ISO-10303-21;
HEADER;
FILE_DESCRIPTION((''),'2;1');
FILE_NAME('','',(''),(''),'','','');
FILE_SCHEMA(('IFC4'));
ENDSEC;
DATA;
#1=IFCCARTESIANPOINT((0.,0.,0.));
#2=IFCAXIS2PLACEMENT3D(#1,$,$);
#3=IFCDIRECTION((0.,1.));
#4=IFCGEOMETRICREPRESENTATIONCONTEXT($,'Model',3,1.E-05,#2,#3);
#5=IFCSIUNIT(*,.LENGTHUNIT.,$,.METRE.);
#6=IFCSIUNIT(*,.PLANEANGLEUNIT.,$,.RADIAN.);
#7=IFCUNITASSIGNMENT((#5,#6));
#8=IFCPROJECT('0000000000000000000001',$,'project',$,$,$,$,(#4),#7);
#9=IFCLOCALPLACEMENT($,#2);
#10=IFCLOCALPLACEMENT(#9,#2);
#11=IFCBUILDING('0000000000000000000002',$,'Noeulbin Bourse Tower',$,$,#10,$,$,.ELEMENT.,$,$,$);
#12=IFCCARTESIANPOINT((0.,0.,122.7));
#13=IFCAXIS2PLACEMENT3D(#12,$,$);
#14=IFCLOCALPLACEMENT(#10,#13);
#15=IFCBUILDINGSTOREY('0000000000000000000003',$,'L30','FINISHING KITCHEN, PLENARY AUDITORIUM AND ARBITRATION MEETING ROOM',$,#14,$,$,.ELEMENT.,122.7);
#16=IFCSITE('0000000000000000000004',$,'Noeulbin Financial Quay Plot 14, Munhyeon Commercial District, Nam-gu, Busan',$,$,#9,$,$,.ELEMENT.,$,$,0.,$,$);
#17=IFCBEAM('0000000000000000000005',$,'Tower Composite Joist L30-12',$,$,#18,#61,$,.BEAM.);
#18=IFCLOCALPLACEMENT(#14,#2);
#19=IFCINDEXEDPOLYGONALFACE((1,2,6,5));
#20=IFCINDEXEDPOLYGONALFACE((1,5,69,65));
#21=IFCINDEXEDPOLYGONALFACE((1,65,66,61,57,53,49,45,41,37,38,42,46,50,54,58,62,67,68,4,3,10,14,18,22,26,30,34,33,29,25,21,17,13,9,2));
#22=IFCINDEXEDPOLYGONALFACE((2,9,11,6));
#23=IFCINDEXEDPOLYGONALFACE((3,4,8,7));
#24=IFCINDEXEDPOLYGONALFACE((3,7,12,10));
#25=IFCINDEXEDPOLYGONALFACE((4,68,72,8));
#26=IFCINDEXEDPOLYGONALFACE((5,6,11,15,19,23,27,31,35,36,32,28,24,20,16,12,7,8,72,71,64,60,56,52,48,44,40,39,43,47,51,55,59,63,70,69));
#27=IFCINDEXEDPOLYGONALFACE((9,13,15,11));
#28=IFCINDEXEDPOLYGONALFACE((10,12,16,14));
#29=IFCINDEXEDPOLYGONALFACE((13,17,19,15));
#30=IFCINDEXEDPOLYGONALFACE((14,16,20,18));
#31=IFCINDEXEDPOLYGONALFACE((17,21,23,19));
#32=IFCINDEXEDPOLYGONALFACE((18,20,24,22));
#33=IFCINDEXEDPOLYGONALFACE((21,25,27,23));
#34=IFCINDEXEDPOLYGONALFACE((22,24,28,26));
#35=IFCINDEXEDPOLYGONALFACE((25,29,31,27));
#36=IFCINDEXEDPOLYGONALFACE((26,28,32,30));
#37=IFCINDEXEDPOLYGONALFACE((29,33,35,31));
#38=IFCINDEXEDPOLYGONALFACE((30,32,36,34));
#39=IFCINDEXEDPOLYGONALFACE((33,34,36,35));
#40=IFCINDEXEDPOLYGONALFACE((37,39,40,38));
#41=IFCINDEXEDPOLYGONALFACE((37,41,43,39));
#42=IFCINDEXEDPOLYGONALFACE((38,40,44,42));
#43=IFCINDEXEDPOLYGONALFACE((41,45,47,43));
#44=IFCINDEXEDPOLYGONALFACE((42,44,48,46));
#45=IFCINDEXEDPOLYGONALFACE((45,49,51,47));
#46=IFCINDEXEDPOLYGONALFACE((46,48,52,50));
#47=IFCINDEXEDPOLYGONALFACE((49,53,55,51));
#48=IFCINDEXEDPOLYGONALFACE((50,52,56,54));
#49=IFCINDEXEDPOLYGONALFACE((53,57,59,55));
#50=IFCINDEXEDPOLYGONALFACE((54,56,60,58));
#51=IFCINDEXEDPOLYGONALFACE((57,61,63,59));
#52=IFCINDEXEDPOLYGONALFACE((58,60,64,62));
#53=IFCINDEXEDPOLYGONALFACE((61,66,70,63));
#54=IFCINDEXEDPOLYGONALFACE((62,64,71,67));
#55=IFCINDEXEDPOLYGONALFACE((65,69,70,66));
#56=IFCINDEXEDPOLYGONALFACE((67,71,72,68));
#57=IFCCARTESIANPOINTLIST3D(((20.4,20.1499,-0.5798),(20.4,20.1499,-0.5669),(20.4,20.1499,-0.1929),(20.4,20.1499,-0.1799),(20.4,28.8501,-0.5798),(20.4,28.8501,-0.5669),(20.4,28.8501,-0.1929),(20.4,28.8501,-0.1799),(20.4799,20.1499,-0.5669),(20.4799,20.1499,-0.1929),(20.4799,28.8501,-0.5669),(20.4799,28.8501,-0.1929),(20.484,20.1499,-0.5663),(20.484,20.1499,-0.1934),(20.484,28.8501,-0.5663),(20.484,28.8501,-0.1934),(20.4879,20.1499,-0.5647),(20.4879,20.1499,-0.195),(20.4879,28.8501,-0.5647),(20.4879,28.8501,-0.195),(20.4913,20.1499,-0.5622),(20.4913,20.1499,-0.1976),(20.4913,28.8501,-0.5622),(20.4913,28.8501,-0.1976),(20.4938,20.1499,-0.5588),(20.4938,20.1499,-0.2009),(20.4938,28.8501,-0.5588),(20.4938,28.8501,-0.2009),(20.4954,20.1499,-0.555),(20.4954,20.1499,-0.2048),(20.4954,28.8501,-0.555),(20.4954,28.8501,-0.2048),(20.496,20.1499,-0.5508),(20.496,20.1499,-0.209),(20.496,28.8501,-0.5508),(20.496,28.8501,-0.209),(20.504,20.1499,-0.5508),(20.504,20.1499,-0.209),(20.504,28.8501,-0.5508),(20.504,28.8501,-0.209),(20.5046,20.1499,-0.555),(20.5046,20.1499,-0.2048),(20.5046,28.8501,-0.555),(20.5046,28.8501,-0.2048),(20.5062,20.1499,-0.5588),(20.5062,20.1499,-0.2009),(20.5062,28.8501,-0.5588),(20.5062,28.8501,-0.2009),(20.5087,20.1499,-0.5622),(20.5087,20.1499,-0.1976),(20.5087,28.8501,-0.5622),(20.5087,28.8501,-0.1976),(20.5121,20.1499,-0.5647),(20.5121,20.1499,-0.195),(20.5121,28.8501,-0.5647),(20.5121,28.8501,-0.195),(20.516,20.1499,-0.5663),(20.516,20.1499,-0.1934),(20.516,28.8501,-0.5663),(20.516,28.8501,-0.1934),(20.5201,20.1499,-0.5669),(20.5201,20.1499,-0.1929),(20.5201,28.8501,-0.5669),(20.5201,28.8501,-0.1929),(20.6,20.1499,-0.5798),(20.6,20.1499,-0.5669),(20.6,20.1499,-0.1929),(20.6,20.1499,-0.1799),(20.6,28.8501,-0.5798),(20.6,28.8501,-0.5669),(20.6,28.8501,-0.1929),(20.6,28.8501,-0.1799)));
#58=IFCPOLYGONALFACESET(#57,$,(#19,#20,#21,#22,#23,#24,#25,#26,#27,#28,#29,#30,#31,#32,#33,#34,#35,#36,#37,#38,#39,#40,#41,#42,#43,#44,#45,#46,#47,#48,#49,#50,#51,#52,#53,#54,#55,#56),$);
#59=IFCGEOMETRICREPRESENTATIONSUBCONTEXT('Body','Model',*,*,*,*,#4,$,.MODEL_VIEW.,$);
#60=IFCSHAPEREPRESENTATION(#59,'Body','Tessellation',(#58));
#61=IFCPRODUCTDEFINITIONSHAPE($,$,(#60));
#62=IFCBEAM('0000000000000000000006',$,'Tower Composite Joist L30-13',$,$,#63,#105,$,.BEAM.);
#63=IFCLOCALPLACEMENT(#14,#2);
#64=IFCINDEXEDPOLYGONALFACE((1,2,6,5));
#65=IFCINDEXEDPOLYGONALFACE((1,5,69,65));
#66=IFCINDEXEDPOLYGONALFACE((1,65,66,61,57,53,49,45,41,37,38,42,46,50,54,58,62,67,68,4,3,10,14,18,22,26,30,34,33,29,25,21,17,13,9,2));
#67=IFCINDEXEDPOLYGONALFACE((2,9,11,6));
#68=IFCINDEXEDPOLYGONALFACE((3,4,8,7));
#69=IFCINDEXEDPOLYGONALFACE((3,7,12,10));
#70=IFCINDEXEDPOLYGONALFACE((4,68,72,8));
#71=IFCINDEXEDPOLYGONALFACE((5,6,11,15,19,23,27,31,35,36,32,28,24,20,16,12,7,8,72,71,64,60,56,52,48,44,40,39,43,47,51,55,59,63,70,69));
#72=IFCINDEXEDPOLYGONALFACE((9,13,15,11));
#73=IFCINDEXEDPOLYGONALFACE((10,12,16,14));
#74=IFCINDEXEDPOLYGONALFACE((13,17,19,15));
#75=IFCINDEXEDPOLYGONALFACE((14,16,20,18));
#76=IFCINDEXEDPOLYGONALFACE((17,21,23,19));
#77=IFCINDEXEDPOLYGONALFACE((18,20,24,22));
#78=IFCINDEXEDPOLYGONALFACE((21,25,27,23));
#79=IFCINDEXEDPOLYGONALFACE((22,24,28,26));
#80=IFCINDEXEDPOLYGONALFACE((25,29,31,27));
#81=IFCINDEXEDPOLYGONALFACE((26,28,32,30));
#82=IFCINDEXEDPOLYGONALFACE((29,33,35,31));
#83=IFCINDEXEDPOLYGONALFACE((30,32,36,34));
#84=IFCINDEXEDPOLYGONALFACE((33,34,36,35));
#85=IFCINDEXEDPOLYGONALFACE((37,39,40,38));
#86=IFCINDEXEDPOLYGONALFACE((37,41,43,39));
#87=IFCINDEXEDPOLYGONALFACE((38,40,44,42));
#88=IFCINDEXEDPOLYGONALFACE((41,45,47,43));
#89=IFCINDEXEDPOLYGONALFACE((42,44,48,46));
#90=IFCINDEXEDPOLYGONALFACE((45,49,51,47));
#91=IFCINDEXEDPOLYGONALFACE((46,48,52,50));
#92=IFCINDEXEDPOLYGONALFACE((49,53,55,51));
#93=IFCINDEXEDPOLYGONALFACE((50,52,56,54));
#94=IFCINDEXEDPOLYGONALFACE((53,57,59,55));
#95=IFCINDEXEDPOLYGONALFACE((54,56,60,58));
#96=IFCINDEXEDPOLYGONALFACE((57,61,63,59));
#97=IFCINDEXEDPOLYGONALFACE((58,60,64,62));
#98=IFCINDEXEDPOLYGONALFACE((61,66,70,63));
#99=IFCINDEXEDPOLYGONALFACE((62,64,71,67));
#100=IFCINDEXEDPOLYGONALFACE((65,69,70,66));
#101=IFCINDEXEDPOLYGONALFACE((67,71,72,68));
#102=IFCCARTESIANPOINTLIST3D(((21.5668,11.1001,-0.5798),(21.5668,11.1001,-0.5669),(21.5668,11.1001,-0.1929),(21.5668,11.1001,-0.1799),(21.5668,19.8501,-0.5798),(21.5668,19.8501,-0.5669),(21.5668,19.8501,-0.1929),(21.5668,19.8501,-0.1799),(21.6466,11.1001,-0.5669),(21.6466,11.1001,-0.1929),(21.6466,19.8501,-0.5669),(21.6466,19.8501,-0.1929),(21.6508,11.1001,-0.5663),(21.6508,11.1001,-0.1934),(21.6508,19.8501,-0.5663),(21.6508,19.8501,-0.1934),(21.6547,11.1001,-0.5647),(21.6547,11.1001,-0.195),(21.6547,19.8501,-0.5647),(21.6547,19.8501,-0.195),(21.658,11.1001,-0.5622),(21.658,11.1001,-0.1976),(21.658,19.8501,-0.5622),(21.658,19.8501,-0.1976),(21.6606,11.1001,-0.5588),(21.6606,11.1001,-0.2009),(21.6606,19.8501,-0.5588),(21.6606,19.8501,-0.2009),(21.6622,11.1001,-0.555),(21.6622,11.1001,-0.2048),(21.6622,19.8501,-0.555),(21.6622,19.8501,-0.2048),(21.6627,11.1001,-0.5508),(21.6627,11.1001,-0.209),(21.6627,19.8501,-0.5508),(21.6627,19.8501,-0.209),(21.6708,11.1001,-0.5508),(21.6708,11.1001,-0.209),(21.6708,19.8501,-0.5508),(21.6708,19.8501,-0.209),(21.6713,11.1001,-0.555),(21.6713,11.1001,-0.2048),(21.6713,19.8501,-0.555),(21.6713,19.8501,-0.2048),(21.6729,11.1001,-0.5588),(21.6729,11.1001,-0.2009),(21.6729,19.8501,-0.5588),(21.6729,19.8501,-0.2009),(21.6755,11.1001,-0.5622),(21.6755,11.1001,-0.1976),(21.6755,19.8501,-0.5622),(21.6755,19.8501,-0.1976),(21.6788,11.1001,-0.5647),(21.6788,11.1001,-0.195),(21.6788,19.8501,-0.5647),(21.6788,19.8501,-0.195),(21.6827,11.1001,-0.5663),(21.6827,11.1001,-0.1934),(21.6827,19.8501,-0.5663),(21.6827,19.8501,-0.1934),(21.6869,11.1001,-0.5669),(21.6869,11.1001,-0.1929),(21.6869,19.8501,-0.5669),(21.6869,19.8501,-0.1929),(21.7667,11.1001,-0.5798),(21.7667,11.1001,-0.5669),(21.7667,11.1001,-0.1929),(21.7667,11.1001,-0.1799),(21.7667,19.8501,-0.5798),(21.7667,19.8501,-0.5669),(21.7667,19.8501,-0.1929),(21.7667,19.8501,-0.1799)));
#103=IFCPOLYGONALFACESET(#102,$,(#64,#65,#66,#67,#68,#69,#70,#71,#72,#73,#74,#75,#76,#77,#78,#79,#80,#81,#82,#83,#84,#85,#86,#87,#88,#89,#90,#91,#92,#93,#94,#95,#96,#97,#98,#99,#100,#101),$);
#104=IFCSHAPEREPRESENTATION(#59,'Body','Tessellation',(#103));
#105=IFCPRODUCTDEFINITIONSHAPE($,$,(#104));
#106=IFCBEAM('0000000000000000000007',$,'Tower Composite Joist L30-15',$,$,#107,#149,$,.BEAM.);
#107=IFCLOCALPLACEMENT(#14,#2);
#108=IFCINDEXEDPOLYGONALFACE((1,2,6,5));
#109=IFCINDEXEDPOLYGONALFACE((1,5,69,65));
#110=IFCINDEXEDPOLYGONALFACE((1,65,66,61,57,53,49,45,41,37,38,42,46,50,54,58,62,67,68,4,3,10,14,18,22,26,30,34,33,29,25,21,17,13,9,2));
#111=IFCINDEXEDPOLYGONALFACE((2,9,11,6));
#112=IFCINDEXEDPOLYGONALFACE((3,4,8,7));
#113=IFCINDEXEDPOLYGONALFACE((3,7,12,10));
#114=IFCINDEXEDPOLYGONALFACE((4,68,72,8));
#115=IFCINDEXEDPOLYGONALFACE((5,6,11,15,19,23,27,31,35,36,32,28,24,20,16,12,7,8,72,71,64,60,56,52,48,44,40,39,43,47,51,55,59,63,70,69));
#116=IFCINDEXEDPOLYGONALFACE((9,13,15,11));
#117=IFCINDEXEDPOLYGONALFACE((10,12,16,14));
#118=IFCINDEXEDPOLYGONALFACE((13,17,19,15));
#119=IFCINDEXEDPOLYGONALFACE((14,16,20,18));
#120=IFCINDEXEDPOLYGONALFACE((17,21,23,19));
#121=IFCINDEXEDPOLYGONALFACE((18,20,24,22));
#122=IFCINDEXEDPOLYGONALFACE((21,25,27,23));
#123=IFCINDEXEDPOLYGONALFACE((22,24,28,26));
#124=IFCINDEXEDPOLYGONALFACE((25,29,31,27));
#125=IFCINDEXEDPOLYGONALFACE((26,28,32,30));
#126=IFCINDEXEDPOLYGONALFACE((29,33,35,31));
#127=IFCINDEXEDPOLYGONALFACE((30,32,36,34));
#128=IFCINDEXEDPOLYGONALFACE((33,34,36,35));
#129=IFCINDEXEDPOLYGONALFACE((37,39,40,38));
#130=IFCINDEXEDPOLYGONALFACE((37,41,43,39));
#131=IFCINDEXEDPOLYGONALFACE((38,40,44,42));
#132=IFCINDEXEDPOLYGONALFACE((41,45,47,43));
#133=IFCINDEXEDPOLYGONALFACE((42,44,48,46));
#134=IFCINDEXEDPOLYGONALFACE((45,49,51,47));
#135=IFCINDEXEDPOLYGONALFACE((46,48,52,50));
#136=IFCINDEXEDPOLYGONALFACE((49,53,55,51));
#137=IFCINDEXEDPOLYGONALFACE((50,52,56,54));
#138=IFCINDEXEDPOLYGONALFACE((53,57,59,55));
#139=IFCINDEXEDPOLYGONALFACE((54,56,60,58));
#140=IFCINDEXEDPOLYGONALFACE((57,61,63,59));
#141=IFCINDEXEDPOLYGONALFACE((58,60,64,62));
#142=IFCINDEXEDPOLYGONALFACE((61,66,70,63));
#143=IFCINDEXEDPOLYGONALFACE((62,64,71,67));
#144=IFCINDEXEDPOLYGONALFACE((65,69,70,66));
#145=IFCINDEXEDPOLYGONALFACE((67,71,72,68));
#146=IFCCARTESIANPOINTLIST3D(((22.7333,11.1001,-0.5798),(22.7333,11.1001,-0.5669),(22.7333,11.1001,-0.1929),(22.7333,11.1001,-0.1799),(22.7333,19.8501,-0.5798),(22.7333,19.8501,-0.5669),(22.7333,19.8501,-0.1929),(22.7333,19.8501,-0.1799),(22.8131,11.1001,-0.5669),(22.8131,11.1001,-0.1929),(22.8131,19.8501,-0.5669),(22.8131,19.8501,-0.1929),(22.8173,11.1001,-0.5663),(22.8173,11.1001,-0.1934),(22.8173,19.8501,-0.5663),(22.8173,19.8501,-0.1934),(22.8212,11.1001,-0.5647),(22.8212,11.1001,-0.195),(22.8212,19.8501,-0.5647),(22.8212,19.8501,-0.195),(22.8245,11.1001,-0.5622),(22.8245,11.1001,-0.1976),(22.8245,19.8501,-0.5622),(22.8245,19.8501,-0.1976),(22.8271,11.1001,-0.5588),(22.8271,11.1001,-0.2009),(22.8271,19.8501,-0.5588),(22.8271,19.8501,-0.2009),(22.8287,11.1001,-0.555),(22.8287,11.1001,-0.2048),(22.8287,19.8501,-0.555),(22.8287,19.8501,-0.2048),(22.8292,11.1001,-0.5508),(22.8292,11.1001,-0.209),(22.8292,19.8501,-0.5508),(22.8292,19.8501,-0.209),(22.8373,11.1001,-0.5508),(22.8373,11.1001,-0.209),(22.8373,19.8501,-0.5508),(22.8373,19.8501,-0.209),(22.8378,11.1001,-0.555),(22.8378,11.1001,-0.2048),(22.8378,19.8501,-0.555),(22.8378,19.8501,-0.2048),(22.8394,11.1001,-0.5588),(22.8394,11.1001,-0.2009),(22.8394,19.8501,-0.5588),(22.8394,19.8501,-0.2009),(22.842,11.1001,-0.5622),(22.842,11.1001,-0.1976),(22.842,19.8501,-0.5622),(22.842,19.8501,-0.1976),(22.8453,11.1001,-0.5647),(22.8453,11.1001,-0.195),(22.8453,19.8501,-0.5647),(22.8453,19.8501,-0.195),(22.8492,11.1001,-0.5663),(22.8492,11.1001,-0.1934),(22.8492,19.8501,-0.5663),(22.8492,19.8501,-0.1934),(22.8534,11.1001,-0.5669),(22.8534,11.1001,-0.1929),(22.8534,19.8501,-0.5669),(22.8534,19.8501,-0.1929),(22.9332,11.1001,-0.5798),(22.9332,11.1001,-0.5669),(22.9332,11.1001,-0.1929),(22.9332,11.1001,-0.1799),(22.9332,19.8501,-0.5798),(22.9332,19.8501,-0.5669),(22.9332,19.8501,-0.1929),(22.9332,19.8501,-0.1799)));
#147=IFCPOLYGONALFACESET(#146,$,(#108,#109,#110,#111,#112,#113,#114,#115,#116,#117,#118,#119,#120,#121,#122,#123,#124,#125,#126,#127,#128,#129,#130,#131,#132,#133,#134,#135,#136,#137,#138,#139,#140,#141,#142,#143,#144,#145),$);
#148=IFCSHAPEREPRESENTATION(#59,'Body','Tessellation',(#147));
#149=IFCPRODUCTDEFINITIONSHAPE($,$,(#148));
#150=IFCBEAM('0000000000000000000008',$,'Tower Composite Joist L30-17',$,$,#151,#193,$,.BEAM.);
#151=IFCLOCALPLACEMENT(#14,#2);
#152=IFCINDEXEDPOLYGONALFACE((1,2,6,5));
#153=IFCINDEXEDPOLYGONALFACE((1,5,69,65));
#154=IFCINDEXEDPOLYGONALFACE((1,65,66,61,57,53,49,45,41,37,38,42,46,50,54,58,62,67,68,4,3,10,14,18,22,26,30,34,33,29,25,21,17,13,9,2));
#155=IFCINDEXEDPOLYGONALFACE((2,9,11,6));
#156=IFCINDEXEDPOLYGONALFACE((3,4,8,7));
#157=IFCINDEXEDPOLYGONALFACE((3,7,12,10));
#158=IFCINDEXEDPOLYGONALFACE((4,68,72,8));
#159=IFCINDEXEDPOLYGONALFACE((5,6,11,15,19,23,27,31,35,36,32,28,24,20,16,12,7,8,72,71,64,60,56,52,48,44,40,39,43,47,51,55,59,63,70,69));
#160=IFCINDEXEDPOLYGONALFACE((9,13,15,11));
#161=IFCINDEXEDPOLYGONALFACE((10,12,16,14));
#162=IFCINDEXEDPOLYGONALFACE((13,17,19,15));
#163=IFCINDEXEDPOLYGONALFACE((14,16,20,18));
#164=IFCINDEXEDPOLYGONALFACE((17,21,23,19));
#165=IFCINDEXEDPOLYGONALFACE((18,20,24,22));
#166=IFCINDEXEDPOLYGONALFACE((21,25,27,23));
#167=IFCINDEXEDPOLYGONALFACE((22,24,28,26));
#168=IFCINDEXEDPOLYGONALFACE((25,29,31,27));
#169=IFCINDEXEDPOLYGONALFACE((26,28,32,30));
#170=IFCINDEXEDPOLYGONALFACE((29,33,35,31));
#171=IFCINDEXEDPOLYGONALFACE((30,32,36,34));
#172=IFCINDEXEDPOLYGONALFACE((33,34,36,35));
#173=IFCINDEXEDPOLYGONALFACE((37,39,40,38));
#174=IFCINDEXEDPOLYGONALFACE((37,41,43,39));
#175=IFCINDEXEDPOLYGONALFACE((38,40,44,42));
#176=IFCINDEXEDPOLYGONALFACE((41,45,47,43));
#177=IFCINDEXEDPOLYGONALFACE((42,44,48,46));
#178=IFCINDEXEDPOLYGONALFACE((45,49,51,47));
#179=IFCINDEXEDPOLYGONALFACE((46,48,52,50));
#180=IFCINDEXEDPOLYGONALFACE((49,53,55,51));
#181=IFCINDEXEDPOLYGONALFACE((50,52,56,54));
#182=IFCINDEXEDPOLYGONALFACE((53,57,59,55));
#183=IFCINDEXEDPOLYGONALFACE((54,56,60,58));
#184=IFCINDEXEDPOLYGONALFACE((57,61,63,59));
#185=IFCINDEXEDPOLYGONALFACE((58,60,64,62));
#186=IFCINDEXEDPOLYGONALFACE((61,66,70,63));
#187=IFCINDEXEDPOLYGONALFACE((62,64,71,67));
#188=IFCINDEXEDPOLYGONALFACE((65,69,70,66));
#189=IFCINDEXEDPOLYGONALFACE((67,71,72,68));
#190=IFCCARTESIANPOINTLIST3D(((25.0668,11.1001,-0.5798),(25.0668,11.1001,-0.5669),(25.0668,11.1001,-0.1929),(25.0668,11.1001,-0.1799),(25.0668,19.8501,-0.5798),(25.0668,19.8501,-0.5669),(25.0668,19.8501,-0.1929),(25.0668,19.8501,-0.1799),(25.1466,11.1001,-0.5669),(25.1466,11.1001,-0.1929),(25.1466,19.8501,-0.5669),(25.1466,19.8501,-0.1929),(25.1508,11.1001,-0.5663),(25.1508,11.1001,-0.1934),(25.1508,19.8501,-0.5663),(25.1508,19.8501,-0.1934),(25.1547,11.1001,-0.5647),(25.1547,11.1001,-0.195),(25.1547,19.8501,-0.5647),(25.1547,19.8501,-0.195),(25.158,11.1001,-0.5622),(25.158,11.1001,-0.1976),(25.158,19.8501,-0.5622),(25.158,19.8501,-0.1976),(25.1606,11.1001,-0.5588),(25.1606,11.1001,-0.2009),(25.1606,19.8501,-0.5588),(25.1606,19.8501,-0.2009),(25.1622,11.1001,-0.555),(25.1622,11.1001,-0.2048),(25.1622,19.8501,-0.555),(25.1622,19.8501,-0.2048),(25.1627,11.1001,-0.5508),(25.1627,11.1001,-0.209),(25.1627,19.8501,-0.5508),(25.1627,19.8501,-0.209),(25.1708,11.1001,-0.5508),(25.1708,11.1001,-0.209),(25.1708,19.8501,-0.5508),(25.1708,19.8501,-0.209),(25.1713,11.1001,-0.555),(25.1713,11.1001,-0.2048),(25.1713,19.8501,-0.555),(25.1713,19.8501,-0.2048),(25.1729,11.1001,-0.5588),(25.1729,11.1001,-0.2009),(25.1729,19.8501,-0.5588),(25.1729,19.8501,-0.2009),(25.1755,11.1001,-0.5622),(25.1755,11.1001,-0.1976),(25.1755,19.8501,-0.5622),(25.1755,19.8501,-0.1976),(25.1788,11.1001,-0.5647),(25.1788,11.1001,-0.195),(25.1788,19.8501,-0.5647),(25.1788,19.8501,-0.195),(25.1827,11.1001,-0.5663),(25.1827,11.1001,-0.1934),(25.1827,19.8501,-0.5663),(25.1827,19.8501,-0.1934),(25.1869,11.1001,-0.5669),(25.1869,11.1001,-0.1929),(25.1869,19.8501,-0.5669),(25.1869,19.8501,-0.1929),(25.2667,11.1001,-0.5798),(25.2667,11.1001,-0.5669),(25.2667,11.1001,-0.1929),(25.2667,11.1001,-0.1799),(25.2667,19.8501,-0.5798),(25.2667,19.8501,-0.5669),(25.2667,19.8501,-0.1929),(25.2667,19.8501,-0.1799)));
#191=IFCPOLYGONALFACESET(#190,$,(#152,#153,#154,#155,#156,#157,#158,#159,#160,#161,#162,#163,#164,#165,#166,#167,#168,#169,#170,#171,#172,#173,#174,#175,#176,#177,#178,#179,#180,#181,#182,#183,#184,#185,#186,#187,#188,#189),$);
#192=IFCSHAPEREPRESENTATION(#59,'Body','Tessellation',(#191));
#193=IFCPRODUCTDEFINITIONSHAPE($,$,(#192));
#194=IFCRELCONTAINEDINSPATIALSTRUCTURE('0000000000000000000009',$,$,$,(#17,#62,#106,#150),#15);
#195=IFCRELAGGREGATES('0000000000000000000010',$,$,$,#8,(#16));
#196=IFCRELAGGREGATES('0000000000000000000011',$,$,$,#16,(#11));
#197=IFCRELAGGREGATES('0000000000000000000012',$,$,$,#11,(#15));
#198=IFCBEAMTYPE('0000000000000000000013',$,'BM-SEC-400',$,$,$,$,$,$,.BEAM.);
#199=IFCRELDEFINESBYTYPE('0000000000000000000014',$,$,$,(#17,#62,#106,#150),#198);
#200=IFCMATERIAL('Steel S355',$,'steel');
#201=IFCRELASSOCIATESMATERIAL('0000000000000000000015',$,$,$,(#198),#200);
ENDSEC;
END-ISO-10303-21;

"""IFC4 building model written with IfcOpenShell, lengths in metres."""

from ifc_helpers import new_model, si_unit, direction, frame, origin, origin_2d, place, context, subcontext, project, spatial, i_section, extrude, material, material_profile, profile_set, type_object, element, save


model = new_model("IFC4")

# Units and contexts
model_context = context("Model", 3, precision=1e-05, world=origin(), true_north=direction((0.0, 1.0)))
body_context = subcontext(model_context, "Body", "Model", "MODEL_VIEW")
ifc_project = project(units=[si_unit("LENGTHUNIT", "METRE"), si_unit("PLANEANGLEUNIT", "RADIAN")], contexts=[model_context])

# Site, building, storey
site_placement = place(None, origin())
site = spatial("IfcSite", under=ifc_project, at=site_placement, Name="Noeulbin Financial Quay Plot 14, Munhyeon Commercial District, Nam-gu, Busan", CompositionType="ELEMENT", RefElevation=0.0)
building_placement = place(site_placement, origin())
building = spatial("IfcBuilding", under=site, at=building_placement, Name="Noeulbin Bourse Tower", CompositionType="ELEMENT")
storey_placement = place(building_placement, frame((0.0, 0.0, 122.7)))
storey = spatial("IfcBuildingStorey", under=building, at=storey_placement, Name="L30", Description="FINISHING KITCHEN, PLENARY AUDITORIUM AND ARBITRATION MEETING ROOM", CompositionType="ELEMENT", Elevation=122.7)

# Shared definitions
ifc_material_1 = material(Name="Steel S355", Category="steel")

# Beams
ifc_material_profile_1 = material_profile(ifc_material_1, i_section(OverallWidth=0.2, OverallDepth=0.3999, WebThickness=0.0081, FlangeThickness=0.0129, FilletRadius=0.0161, at=origin_2d()), Name="H-400x200x8x13", Category="LoadBearing")
ifc_profile_set_1 = profile_set([ifc_material_profile_1], Name="Steel S355")
beam_type_1 = type_object("IfcBeamType", Name="BM-SEC-400", PredefinedType="BEAM", material=ifc_profile_set_1)
beam_1_placement = place(storey_placement, frame((20.5, 20.1499, -0.3799), z_axis=(0.0, 1.0, 0.0), x_axis=(-1.0, 0.0, 0.0)))
element("IfcBeam", 1, at=beam_1_placement, inside=storey, type_object=beam_type_1, Name="Tower Composite Joist L30-12", PredefinedType="BEAM", context=body_context, shape_type="SweptSolid", body=[
    extrude(i_section(OverallWidth=0.2, OverallDepth=0.3999, WebThickness=0.0081, FlangeThickness=0.0129, FilletRadius=0.0161, at=origin_2d()), origin(), (0.0, 0.0, 1.0), 8.7002),
])
for number, where, z_axis, x_axis, name in (
    (2, (21.6667, 11.1001, -0.3799), (0.0, 1.0, 0.0), (-1.0, 0.0, 0.0), "Tower Composite Joist L30-13"),
    (3, (22.8333, 11.1001, -0.3799), (0.0, 1.0, 0.0), (-1.0, 0.0, 0.0), "Tower Composite Joist L30-15"),
    (4, (25.1667, 11.1001, -0.3799), (0.0, 1.0, 0.0), (-1.0, 0.0, 0.0), "Tower Composite Joist L30-17"),
):
    element("IfcBeam", number, at=place(storey_placement, frame(where, z_axis=z_axis, x_axis=x_axis)), inside=storey, type_object=beam_type_1, Name=name, PredefinedType="BEAM", context=body_context, shape_type="SweptSolid", body=[
        extrude(i_section(OverallWidth=0.2, OverallDepth=0.3999, WebThickness=0.0081, FlangeThickness=0.0129, FilletRadius=0.0161, at=origin_2d()), origin(), (0.0, 0.0, 1.0), 8.75),
    ])

save(model, "model.ifc")
